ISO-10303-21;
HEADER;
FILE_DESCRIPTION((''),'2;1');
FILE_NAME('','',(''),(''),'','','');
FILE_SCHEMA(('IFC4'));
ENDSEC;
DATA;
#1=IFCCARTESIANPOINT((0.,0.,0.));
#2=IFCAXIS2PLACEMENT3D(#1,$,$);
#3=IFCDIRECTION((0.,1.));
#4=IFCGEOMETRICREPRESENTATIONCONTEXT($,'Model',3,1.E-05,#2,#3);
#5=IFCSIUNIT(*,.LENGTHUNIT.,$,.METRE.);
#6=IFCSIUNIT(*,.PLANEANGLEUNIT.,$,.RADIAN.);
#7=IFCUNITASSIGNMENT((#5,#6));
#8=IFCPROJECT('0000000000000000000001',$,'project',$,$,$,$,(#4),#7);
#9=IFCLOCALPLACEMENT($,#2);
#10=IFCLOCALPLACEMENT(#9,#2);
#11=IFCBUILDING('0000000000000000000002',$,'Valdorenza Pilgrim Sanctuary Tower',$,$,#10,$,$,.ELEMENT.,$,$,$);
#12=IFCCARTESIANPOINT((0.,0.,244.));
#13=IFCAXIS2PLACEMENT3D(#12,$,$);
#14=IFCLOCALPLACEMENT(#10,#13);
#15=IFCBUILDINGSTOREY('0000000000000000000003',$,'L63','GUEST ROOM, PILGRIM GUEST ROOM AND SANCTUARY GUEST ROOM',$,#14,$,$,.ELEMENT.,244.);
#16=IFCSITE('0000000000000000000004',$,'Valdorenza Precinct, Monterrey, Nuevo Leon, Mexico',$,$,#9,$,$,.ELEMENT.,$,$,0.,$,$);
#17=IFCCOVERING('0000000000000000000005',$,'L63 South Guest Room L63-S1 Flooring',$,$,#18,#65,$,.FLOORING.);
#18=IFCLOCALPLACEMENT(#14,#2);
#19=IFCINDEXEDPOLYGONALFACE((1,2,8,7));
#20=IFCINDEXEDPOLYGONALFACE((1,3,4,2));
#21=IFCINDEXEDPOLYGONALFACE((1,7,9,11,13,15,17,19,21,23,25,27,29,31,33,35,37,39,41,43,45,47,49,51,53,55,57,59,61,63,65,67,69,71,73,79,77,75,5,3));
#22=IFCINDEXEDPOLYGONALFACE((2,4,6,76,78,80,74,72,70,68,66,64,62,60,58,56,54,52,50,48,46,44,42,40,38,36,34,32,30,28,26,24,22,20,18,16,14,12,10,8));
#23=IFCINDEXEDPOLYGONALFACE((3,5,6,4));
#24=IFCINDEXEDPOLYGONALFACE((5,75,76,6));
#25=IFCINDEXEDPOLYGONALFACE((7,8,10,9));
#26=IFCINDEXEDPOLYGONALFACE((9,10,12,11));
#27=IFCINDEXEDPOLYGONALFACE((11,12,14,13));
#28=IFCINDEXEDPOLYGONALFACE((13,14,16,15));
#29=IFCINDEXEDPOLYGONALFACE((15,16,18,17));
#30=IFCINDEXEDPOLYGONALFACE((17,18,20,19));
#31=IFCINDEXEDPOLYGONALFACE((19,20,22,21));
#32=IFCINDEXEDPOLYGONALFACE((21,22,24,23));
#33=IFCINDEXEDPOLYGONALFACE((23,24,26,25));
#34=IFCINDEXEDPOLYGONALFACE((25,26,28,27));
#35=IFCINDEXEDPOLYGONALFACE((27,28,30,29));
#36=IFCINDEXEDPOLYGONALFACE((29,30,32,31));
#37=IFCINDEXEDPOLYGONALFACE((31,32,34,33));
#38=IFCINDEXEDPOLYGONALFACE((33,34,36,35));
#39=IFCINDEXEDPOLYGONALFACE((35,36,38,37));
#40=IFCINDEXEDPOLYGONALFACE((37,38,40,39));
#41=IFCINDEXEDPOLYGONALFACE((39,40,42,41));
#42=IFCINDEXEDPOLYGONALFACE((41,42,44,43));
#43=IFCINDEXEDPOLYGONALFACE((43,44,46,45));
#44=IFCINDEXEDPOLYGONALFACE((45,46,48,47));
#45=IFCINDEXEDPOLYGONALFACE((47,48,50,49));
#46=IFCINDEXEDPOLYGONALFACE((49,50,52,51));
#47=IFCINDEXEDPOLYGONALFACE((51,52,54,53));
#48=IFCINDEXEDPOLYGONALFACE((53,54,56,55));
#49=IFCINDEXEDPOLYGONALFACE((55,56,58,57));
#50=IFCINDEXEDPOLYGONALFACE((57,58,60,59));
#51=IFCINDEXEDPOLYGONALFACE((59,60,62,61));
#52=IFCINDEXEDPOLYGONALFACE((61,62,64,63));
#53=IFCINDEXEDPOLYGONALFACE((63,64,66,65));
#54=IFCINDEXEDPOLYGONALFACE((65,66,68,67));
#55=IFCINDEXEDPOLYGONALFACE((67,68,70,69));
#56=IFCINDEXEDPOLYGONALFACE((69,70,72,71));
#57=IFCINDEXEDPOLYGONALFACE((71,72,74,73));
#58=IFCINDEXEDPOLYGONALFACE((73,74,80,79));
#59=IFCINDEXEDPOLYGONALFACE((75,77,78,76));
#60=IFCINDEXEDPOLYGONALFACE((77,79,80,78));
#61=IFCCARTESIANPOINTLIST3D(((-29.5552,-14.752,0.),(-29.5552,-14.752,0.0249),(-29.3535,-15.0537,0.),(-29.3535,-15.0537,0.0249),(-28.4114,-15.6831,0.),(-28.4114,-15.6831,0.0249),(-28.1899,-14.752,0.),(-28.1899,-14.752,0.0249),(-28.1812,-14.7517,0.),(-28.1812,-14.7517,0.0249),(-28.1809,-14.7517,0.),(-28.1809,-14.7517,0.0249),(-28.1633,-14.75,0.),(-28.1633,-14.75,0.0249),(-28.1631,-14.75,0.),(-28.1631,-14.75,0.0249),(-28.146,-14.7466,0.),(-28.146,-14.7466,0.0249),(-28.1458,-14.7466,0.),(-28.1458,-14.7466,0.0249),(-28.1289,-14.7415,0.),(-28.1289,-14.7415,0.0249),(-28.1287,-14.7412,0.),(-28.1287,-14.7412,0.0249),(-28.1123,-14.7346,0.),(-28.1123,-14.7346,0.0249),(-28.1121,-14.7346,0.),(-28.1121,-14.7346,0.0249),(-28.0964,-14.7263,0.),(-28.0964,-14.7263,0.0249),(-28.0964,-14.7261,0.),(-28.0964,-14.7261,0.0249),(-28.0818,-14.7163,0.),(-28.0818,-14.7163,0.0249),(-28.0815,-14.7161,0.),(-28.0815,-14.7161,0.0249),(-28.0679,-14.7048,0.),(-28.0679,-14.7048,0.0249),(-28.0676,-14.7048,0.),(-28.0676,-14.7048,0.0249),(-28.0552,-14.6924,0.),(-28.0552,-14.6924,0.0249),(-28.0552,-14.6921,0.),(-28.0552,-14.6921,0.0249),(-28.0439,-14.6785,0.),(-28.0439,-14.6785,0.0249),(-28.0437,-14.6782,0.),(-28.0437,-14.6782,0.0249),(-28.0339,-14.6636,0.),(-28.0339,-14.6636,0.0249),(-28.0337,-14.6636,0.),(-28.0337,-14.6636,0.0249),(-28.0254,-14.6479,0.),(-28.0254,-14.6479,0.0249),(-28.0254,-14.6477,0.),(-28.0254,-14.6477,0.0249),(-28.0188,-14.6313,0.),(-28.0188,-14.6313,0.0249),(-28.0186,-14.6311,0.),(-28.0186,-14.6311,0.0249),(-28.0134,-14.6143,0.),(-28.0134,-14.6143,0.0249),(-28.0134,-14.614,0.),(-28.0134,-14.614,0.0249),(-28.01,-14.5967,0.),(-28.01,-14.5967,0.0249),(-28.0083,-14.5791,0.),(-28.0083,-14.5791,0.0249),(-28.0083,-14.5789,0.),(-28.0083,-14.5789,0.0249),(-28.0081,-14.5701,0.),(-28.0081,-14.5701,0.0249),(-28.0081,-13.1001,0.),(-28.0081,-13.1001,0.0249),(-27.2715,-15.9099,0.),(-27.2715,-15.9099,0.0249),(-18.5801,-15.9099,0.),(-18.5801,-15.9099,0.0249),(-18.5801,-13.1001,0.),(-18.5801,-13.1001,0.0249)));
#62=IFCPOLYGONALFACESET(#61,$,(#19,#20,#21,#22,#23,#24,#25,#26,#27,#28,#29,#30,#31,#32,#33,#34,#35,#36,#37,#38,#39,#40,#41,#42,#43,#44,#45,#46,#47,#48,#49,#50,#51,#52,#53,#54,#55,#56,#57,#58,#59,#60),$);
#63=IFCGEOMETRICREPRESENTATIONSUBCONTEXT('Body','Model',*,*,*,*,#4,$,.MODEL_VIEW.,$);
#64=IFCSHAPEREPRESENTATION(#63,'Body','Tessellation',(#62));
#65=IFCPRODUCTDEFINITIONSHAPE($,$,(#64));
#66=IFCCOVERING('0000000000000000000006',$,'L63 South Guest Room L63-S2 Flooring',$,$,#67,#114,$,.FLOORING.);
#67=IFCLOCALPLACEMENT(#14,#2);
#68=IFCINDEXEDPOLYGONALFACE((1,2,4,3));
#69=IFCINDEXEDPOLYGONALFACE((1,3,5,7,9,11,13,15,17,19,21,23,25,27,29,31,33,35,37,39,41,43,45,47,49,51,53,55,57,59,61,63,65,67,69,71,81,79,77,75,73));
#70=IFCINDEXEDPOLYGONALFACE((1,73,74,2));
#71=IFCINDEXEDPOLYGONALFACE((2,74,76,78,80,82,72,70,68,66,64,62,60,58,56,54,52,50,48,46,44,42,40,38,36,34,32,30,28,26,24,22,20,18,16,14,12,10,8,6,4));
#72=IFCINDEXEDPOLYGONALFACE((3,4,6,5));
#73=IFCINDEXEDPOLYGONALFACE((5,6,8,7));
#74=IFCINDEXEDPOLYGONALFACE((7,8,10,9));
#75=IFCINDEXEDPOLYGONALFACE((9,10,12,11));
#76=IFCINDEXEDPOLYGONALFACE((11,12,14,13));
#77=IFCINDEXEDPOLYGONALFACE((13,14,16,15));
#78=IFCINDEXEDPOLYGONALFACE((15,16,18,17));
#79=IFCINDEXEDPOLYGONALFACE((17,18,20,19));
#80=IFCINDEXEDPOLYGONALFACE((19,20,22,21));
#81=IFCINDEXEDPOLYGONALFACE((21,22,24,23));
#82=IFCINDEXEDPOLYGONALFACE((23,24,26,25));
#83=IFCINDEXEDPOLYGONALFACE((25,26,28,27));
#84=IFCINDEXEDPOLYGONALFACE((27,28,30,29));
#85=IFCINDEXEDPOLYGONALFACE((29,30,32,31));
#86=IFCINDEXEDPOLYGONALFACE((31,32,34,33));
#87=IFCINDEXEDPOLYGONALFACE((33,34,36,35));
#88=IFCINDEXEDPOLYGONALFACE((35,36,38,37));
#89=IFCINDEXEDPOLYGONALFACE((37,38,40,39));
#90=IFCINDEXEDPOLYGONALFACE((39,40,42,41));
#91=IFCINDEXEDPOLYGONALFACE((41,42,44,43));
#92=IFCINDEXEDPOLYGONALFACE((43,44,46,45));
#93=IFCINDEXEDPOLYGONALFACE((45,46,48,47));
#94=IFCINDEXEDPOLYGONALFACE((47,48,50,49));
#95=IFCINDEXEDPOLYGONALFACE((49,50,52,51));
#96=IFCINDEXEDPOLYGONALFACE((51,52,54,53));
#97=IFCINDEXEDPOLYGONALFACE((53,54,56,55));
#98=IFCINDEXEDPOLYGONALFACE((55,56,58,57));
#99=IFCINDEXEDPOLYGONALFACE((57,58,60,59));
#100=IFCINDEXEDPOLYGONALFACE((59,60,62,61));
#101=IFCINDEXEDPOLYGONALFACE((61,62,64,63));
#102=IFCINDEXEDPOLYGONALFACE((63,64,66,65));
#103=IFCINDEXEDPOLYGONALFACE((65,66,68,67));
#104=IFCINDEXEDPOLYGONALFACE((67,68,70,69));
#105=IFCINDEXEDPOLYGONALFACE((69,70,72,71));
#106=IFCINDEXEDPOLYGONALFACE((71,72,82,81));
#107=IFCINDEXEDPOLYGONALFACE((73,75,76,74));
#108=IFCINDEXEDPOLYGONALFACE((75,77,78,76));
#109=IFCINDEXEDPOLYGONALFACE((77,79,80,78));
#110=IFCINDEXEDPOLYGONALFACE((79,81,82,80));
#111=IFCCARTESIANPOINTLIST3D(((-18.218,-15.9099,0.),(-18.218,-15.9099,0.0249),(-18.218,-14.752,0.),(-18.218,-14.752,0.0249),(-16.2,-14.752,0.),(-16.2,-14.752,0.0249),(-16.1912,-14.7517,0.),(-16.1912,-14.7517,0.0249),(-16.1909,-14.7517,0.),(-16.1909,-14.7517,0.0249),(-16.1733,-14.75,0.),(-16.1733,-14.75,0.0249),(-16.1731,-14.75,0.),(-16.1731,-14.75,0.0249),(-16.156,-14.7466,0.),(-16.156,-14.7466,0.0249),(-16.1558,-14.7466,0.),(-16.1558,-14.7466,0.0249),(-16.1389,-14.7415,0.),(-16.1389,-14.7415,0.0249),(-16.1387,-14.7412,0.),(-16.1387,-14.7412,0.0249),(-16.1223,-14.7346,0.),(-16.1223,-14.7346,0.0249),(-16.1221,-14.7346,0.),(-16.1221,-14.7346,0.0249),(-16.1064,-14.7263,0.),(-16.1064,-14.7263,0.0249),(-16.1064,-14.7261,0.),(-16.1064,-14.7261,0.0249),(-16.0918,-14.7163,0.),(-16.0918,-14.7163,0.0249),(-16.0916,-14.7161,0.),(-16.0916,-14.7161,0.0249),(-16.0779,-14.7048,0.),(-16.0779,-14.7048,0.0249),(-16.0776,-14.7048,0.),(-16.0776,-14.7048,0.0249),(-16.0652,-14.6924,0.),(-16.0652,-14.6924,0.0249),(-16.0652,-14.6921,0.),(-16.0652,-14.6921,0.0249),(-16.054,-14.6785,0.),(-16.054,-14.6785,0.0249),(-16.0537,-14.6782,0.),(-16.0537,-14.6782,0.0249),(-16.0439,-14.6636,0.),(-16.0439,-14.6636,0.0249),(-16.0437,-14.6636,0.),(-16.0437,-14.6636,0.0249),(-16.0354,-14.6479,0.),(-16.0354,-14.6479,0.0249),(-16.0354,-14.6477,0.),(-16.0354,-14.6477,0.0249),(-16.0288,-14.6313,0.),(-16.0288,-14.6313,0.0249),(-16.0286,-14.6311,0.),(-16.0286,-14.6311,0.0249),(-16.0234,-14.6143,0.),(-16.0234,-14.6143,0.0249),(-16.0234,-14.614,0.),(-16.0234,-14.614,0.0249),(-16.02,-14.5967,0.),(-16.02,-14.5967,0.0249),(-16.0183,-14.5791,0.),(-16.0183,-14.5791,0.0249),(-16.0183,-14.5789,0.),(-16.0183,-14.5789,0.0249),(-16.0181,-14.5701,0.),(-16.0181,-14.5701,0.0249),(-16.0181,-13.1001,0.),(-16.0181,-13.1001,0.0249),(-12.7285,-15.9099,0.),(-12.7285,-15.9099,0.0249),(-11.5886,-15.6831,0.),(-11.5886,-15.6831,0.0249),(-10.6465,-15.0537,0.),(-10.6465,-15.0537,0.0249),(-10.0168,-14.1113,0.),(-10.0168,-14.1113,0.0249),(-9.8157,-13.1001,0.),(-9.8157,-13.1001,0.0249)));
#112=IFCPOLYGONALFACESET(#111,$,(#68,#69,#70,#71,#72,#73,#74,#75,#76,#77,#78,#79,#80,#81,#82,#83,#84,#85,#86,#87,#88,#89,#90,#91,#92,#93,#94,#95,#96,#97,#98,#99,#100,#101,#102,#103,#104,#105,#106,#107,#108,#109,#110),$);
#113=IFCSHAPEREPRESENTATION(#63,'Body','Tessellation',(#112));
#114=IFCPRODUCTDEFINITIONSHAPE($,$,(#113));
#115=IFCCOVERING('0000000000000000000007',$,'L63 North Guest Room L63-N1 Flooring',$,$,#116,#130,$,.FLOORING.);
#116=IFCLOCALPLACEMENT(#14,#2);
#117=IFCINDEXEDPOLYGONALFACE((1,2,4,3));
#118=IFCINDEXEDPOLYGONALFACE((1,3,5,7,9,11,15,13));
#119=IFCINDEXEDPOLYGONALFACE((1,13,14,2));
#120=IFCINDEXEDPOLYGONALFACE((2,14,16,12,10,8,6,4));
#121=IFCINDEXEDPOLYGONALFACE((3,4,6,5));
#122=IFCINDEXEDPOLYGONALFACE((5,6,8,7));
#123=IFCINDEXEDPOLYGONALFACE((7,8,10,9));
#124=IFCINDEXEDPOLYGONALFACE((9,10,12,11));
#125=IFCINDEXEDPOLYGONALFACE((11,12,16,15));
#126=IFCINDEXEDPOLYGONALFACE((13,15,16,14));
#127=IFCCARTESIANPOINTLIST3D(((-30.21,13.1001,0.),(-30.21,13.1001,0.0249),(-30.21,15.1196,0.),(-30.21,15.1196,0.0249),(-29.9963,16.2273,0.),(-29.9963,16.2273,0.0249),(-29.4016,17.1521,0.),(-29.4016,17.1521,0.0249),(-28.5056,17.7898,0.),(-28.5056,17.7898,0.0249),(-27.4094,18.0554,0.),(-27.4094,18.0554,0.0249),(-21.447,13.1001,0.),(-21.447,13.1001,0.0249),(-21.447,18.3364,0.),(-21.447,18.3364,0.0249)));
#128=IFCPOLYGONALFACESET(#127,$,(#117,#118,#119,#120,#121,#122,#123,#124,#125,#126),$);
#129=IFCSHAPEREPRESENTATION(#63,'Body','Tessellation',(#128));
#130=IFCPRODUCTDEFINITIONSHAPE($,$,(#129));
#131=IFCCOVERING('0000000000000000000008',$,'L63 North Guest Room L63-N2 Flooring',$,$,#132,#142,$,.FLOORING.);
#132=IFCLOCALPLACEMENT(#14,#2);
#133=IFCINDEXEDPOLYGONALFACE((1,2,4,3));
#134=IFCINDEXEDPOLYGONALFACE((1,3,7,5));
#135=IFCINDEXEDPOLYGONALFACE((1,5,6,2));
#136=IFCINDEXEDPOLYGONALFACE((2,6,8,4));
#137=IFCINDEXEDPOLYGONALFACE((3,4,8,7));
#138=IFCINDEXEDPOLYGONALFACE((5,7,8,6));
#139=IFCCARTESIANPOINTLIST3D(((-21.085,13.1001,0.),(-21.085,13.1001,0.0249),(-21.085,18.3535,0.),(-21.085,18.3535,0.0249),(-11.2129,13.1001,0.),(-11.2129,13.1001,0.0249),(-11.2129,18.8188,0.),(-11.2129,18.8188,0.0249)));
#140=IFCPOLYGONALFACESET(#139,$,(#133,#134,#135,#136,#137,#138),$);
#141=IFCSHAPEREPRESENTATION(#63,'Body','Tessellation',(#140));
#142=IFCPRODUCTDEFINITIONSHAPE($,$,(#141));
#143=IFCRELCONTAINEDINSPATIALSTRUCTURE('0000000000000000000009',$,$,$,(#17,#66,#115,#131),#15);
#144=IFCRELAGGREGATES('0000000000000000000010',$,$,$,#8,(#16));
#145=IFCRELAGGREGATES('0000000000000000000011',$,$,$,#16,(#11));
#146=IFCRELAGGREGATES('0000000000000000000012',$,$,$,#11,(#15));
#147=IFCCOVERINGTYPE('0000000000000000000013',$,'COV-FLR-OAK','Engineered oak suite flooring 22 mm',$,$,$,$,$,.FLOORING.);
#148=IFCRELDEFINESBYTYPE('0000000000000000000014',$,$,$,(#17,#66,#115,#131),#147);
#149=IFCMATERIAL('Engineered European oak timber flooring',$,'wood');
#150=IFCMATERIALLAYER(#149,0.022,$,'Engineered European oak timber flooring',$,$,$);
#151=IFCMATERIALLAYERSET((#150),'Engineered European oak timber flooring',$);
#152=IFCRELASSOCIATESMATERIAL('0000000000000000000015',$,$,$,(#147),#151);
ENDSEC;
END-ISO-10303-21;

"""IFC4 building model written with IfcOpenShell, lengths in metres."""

from ifc_helpers import new_model, si_unit, direction, frame, origin, place, context, subcontext, project, spatial, polyline, outline, extrude, material, layer, layer_set, type_object, element, save


model = new_model("IFC4")

# Units and contexts
model_context = context("Model", 3, precision=1e-05, world=origin(), true_north=direction((0.0, 1.0)))
body_context = subcontext(model_context, "Body", "Model", "MODEL_VIEW")
ifc_project = project(units=[si_unit("LENGTHUNIT", "METRE"), si_unit("PLANEANGLEUNIT", "RADIAN")], contexts=[model_context])

# Site, building, storey
site_placement = place(None, origin())
site = spatial("IfcSite", under=ifc_project, at=site_placement, Name="Valdorenza Precinct, Monterrey, Nuevo Leon, Mexico", CompositionType="ELEMENT", RefElevation=0.0)
building_placement = place(site_placement, origin())
building = spatial("IfcBuilding", under=site, at=building_placement, Name="Valdorenza Pilgrim Sanctuary Tower", CompositionType="ELEMENT")
storey_placement = place(building_placement, frame((0.0, 0.0, 244.0)))
storey = spatial("IfcBuildingStorey", under=building, at=storey_placement, Name="L63", Description="GUEST ROOM, PILGRIM GUEST ROOM AND SANCTUARY GUEST ROOM", CompositionType="ELEMENT", Elevation=244.0)

# Coverings
ifc_material_1 = material(Name="Engineered European oak timber flooring", Category="wood")
ifc_layer_1 = layer(ifc_material_1, 0.022, Name="Engineered European oak timber flooring")
ifc_layer_set_1 = layer_set([ifc_layer_1], Name="Engineered European oak timber flooring")
covering_type_1 = type_object("IfcCoveringType", Name="COV-FLR-OAK", Description="Engineered oak suite flooring 22 mm", PredefinedType="FLOORING", material=ifc_layer_set_1)
covering_1_placement = place(storey_placement, origin())
element("IfcCovering", 1, at=covering_1_placement, inside=storey, type_object=covering_type_1, Name="L63 South Guest Room L63-S1 Flooring", PredefinedType="FLOORING", context=body_context, shape_type="SweptSolid", body=[
    extrude(outline(polyline([(-27.2715, -15.9099), (-28.4114, -15.6831), (-29.3535, -15.0537), (-29.5552, -14.752), (-28.1899, -14.752), (-28.1812, -14.7517), (-28.1809, -14.7517), (-28.1633, -14.75), (-28.1631, -14.75), (-28.146, -14.7466), (-28.1458, -14.7466), (-28.1289, -14.7415), (-28.1287, -14.7412), (-28.1123, -14.7346), (-28.1121, -14.7346), (-28.0964, -14.7263), (-28.0964, -14.7261), (-28.0818, -14.7163), (-28.0815, -14.7161), (-28.0679, -14.7048), (-28.0676, -14.7048), (-28.0552, -14.6924), (-28.0552, -14.6921), (-28.0439, -14.6785), (-28.0437, -14.6782), (-28.0339, -14.6636), (-28.0337, -14.6636), (-28.0254, -14.6479), (-28.0254, -14.6477), (-28.0188, -14.6313), (-28.0186, -14.6311), (-28.0134, -14.6143), (-28.0134, -14.614), (-28.01, -14.5967), (-28.01, -14.5967), (-28.0083, -14.5791), (-28.0083, -14.5789), (-28.0081, -14.5701), (-28.0081, -13.1001), (-18.5801, -13.1001), (-18.5801, -15.9099), (-27.2715, -15.9099)])), origin(), (0.0, 0.0, 1.0), 0.0249),
])
covering_2_placement = place(storey_placement, origin())
element("IfcCovering", 2, at=covering_2_placement, inside=storey, type_object=covering_type_1, Name="L63 South Guest Room L63-S2 Flooring", PredefinedType="FLOORING", context=body_context, shape_type="SweptSolid", body=[
    extrude(outline(polyline([(-10.0168, -14.1113), (-10.6465, -15.0537), (-11.5886, -15.6831), (-12.7285, -15.9099), (-18.218, -15.9099), (-18.218, -14.752), (-16.2, -14.752), (-16.1912, -14.7517), (-16.1909, -14.7517), (-16.1733, -14.75), (-16.1731, -14.75), (-16.156, -14.7466), (-16.1558, -14.7466), (-16.1389, -14.7415), (-16.1387, -14.7412), (-16.1223, -14.7346), (-16.1221, -14.7346), (-16.1064, -14.7263), (-16.1064, -14.7261), (-16.0918, -14.7163), (-16.0916, -14.7161), (-16.0779, -14.7048), (-16.0776, -14.7048), (-16.0652, -14.6924), (-16.0652, -14.6921), (-16.054, -14.6785), (-16.0537, -14.6782), (-16.0439, -14.6636), (-16.0437, -14.6636), (-16.0354, -14.6479), (-16.0354, -14.6477), (-16.0288, -14.6313), (-16.0286, -14.6311), (-16.0234, -14.6143), (-16.0234, -14.614), (-16.02, -14.5967), (-16.02, -14.5967), (-16.0183, -14.5791), (-16.0183, -14.5789), (-16.0181, -14.5701), (-16.0181, -13.1001), (-9.8157, -13.1001), (-10.0168, -14.1113)])), origin(), (0.0, 0.0, 1.0), 0.0249),
])
covering_3_placement = place(storey_placement, origin())
element("IfcCovering", 3, at=covering_3_placement, inside=storey, type_object=covering_type_1, Name="L63 North Guest Room L63-N1 Flooring", PredefinedType="FLOORING", context=body_context, shape_type="SweptSolid", body=[
    extrude(outline(polyline([(-29.9963, 16.2273), (-29.4016, 17.1521), (-28.5056, 17.7898), (-27.4094, 18.0554), (-21.447, 18.3364), (-21.447, 13.1001), (-30.21, 13.1001), (-30.21, 15.1196), (-29.9963, 16.2273)])), origin(), (0.0, 0.0, 1.0), 0.0249),
])
covering_4_placement = place(storey_placement, origin())
element("IfcCovering", 4, at=covering_4_placement, inside=storey, type_object=covering_type_1, Name="L63 North Guest Room L63-N2 Flooring", PredefinedType="FLOORING", context=body_context, shape_type="SweptSolid", body=[
    extrude(outline(polyline([(-11.2129, 18.8188), (-11.2129, 13.1001), (-21.085, 13.1001), (-21.085, 18.3535), (-11.2129, 18.8188)])), origin(), (0.0, 0.0, 1.0), 0.0249),
])

save(model, "model.ifc")
